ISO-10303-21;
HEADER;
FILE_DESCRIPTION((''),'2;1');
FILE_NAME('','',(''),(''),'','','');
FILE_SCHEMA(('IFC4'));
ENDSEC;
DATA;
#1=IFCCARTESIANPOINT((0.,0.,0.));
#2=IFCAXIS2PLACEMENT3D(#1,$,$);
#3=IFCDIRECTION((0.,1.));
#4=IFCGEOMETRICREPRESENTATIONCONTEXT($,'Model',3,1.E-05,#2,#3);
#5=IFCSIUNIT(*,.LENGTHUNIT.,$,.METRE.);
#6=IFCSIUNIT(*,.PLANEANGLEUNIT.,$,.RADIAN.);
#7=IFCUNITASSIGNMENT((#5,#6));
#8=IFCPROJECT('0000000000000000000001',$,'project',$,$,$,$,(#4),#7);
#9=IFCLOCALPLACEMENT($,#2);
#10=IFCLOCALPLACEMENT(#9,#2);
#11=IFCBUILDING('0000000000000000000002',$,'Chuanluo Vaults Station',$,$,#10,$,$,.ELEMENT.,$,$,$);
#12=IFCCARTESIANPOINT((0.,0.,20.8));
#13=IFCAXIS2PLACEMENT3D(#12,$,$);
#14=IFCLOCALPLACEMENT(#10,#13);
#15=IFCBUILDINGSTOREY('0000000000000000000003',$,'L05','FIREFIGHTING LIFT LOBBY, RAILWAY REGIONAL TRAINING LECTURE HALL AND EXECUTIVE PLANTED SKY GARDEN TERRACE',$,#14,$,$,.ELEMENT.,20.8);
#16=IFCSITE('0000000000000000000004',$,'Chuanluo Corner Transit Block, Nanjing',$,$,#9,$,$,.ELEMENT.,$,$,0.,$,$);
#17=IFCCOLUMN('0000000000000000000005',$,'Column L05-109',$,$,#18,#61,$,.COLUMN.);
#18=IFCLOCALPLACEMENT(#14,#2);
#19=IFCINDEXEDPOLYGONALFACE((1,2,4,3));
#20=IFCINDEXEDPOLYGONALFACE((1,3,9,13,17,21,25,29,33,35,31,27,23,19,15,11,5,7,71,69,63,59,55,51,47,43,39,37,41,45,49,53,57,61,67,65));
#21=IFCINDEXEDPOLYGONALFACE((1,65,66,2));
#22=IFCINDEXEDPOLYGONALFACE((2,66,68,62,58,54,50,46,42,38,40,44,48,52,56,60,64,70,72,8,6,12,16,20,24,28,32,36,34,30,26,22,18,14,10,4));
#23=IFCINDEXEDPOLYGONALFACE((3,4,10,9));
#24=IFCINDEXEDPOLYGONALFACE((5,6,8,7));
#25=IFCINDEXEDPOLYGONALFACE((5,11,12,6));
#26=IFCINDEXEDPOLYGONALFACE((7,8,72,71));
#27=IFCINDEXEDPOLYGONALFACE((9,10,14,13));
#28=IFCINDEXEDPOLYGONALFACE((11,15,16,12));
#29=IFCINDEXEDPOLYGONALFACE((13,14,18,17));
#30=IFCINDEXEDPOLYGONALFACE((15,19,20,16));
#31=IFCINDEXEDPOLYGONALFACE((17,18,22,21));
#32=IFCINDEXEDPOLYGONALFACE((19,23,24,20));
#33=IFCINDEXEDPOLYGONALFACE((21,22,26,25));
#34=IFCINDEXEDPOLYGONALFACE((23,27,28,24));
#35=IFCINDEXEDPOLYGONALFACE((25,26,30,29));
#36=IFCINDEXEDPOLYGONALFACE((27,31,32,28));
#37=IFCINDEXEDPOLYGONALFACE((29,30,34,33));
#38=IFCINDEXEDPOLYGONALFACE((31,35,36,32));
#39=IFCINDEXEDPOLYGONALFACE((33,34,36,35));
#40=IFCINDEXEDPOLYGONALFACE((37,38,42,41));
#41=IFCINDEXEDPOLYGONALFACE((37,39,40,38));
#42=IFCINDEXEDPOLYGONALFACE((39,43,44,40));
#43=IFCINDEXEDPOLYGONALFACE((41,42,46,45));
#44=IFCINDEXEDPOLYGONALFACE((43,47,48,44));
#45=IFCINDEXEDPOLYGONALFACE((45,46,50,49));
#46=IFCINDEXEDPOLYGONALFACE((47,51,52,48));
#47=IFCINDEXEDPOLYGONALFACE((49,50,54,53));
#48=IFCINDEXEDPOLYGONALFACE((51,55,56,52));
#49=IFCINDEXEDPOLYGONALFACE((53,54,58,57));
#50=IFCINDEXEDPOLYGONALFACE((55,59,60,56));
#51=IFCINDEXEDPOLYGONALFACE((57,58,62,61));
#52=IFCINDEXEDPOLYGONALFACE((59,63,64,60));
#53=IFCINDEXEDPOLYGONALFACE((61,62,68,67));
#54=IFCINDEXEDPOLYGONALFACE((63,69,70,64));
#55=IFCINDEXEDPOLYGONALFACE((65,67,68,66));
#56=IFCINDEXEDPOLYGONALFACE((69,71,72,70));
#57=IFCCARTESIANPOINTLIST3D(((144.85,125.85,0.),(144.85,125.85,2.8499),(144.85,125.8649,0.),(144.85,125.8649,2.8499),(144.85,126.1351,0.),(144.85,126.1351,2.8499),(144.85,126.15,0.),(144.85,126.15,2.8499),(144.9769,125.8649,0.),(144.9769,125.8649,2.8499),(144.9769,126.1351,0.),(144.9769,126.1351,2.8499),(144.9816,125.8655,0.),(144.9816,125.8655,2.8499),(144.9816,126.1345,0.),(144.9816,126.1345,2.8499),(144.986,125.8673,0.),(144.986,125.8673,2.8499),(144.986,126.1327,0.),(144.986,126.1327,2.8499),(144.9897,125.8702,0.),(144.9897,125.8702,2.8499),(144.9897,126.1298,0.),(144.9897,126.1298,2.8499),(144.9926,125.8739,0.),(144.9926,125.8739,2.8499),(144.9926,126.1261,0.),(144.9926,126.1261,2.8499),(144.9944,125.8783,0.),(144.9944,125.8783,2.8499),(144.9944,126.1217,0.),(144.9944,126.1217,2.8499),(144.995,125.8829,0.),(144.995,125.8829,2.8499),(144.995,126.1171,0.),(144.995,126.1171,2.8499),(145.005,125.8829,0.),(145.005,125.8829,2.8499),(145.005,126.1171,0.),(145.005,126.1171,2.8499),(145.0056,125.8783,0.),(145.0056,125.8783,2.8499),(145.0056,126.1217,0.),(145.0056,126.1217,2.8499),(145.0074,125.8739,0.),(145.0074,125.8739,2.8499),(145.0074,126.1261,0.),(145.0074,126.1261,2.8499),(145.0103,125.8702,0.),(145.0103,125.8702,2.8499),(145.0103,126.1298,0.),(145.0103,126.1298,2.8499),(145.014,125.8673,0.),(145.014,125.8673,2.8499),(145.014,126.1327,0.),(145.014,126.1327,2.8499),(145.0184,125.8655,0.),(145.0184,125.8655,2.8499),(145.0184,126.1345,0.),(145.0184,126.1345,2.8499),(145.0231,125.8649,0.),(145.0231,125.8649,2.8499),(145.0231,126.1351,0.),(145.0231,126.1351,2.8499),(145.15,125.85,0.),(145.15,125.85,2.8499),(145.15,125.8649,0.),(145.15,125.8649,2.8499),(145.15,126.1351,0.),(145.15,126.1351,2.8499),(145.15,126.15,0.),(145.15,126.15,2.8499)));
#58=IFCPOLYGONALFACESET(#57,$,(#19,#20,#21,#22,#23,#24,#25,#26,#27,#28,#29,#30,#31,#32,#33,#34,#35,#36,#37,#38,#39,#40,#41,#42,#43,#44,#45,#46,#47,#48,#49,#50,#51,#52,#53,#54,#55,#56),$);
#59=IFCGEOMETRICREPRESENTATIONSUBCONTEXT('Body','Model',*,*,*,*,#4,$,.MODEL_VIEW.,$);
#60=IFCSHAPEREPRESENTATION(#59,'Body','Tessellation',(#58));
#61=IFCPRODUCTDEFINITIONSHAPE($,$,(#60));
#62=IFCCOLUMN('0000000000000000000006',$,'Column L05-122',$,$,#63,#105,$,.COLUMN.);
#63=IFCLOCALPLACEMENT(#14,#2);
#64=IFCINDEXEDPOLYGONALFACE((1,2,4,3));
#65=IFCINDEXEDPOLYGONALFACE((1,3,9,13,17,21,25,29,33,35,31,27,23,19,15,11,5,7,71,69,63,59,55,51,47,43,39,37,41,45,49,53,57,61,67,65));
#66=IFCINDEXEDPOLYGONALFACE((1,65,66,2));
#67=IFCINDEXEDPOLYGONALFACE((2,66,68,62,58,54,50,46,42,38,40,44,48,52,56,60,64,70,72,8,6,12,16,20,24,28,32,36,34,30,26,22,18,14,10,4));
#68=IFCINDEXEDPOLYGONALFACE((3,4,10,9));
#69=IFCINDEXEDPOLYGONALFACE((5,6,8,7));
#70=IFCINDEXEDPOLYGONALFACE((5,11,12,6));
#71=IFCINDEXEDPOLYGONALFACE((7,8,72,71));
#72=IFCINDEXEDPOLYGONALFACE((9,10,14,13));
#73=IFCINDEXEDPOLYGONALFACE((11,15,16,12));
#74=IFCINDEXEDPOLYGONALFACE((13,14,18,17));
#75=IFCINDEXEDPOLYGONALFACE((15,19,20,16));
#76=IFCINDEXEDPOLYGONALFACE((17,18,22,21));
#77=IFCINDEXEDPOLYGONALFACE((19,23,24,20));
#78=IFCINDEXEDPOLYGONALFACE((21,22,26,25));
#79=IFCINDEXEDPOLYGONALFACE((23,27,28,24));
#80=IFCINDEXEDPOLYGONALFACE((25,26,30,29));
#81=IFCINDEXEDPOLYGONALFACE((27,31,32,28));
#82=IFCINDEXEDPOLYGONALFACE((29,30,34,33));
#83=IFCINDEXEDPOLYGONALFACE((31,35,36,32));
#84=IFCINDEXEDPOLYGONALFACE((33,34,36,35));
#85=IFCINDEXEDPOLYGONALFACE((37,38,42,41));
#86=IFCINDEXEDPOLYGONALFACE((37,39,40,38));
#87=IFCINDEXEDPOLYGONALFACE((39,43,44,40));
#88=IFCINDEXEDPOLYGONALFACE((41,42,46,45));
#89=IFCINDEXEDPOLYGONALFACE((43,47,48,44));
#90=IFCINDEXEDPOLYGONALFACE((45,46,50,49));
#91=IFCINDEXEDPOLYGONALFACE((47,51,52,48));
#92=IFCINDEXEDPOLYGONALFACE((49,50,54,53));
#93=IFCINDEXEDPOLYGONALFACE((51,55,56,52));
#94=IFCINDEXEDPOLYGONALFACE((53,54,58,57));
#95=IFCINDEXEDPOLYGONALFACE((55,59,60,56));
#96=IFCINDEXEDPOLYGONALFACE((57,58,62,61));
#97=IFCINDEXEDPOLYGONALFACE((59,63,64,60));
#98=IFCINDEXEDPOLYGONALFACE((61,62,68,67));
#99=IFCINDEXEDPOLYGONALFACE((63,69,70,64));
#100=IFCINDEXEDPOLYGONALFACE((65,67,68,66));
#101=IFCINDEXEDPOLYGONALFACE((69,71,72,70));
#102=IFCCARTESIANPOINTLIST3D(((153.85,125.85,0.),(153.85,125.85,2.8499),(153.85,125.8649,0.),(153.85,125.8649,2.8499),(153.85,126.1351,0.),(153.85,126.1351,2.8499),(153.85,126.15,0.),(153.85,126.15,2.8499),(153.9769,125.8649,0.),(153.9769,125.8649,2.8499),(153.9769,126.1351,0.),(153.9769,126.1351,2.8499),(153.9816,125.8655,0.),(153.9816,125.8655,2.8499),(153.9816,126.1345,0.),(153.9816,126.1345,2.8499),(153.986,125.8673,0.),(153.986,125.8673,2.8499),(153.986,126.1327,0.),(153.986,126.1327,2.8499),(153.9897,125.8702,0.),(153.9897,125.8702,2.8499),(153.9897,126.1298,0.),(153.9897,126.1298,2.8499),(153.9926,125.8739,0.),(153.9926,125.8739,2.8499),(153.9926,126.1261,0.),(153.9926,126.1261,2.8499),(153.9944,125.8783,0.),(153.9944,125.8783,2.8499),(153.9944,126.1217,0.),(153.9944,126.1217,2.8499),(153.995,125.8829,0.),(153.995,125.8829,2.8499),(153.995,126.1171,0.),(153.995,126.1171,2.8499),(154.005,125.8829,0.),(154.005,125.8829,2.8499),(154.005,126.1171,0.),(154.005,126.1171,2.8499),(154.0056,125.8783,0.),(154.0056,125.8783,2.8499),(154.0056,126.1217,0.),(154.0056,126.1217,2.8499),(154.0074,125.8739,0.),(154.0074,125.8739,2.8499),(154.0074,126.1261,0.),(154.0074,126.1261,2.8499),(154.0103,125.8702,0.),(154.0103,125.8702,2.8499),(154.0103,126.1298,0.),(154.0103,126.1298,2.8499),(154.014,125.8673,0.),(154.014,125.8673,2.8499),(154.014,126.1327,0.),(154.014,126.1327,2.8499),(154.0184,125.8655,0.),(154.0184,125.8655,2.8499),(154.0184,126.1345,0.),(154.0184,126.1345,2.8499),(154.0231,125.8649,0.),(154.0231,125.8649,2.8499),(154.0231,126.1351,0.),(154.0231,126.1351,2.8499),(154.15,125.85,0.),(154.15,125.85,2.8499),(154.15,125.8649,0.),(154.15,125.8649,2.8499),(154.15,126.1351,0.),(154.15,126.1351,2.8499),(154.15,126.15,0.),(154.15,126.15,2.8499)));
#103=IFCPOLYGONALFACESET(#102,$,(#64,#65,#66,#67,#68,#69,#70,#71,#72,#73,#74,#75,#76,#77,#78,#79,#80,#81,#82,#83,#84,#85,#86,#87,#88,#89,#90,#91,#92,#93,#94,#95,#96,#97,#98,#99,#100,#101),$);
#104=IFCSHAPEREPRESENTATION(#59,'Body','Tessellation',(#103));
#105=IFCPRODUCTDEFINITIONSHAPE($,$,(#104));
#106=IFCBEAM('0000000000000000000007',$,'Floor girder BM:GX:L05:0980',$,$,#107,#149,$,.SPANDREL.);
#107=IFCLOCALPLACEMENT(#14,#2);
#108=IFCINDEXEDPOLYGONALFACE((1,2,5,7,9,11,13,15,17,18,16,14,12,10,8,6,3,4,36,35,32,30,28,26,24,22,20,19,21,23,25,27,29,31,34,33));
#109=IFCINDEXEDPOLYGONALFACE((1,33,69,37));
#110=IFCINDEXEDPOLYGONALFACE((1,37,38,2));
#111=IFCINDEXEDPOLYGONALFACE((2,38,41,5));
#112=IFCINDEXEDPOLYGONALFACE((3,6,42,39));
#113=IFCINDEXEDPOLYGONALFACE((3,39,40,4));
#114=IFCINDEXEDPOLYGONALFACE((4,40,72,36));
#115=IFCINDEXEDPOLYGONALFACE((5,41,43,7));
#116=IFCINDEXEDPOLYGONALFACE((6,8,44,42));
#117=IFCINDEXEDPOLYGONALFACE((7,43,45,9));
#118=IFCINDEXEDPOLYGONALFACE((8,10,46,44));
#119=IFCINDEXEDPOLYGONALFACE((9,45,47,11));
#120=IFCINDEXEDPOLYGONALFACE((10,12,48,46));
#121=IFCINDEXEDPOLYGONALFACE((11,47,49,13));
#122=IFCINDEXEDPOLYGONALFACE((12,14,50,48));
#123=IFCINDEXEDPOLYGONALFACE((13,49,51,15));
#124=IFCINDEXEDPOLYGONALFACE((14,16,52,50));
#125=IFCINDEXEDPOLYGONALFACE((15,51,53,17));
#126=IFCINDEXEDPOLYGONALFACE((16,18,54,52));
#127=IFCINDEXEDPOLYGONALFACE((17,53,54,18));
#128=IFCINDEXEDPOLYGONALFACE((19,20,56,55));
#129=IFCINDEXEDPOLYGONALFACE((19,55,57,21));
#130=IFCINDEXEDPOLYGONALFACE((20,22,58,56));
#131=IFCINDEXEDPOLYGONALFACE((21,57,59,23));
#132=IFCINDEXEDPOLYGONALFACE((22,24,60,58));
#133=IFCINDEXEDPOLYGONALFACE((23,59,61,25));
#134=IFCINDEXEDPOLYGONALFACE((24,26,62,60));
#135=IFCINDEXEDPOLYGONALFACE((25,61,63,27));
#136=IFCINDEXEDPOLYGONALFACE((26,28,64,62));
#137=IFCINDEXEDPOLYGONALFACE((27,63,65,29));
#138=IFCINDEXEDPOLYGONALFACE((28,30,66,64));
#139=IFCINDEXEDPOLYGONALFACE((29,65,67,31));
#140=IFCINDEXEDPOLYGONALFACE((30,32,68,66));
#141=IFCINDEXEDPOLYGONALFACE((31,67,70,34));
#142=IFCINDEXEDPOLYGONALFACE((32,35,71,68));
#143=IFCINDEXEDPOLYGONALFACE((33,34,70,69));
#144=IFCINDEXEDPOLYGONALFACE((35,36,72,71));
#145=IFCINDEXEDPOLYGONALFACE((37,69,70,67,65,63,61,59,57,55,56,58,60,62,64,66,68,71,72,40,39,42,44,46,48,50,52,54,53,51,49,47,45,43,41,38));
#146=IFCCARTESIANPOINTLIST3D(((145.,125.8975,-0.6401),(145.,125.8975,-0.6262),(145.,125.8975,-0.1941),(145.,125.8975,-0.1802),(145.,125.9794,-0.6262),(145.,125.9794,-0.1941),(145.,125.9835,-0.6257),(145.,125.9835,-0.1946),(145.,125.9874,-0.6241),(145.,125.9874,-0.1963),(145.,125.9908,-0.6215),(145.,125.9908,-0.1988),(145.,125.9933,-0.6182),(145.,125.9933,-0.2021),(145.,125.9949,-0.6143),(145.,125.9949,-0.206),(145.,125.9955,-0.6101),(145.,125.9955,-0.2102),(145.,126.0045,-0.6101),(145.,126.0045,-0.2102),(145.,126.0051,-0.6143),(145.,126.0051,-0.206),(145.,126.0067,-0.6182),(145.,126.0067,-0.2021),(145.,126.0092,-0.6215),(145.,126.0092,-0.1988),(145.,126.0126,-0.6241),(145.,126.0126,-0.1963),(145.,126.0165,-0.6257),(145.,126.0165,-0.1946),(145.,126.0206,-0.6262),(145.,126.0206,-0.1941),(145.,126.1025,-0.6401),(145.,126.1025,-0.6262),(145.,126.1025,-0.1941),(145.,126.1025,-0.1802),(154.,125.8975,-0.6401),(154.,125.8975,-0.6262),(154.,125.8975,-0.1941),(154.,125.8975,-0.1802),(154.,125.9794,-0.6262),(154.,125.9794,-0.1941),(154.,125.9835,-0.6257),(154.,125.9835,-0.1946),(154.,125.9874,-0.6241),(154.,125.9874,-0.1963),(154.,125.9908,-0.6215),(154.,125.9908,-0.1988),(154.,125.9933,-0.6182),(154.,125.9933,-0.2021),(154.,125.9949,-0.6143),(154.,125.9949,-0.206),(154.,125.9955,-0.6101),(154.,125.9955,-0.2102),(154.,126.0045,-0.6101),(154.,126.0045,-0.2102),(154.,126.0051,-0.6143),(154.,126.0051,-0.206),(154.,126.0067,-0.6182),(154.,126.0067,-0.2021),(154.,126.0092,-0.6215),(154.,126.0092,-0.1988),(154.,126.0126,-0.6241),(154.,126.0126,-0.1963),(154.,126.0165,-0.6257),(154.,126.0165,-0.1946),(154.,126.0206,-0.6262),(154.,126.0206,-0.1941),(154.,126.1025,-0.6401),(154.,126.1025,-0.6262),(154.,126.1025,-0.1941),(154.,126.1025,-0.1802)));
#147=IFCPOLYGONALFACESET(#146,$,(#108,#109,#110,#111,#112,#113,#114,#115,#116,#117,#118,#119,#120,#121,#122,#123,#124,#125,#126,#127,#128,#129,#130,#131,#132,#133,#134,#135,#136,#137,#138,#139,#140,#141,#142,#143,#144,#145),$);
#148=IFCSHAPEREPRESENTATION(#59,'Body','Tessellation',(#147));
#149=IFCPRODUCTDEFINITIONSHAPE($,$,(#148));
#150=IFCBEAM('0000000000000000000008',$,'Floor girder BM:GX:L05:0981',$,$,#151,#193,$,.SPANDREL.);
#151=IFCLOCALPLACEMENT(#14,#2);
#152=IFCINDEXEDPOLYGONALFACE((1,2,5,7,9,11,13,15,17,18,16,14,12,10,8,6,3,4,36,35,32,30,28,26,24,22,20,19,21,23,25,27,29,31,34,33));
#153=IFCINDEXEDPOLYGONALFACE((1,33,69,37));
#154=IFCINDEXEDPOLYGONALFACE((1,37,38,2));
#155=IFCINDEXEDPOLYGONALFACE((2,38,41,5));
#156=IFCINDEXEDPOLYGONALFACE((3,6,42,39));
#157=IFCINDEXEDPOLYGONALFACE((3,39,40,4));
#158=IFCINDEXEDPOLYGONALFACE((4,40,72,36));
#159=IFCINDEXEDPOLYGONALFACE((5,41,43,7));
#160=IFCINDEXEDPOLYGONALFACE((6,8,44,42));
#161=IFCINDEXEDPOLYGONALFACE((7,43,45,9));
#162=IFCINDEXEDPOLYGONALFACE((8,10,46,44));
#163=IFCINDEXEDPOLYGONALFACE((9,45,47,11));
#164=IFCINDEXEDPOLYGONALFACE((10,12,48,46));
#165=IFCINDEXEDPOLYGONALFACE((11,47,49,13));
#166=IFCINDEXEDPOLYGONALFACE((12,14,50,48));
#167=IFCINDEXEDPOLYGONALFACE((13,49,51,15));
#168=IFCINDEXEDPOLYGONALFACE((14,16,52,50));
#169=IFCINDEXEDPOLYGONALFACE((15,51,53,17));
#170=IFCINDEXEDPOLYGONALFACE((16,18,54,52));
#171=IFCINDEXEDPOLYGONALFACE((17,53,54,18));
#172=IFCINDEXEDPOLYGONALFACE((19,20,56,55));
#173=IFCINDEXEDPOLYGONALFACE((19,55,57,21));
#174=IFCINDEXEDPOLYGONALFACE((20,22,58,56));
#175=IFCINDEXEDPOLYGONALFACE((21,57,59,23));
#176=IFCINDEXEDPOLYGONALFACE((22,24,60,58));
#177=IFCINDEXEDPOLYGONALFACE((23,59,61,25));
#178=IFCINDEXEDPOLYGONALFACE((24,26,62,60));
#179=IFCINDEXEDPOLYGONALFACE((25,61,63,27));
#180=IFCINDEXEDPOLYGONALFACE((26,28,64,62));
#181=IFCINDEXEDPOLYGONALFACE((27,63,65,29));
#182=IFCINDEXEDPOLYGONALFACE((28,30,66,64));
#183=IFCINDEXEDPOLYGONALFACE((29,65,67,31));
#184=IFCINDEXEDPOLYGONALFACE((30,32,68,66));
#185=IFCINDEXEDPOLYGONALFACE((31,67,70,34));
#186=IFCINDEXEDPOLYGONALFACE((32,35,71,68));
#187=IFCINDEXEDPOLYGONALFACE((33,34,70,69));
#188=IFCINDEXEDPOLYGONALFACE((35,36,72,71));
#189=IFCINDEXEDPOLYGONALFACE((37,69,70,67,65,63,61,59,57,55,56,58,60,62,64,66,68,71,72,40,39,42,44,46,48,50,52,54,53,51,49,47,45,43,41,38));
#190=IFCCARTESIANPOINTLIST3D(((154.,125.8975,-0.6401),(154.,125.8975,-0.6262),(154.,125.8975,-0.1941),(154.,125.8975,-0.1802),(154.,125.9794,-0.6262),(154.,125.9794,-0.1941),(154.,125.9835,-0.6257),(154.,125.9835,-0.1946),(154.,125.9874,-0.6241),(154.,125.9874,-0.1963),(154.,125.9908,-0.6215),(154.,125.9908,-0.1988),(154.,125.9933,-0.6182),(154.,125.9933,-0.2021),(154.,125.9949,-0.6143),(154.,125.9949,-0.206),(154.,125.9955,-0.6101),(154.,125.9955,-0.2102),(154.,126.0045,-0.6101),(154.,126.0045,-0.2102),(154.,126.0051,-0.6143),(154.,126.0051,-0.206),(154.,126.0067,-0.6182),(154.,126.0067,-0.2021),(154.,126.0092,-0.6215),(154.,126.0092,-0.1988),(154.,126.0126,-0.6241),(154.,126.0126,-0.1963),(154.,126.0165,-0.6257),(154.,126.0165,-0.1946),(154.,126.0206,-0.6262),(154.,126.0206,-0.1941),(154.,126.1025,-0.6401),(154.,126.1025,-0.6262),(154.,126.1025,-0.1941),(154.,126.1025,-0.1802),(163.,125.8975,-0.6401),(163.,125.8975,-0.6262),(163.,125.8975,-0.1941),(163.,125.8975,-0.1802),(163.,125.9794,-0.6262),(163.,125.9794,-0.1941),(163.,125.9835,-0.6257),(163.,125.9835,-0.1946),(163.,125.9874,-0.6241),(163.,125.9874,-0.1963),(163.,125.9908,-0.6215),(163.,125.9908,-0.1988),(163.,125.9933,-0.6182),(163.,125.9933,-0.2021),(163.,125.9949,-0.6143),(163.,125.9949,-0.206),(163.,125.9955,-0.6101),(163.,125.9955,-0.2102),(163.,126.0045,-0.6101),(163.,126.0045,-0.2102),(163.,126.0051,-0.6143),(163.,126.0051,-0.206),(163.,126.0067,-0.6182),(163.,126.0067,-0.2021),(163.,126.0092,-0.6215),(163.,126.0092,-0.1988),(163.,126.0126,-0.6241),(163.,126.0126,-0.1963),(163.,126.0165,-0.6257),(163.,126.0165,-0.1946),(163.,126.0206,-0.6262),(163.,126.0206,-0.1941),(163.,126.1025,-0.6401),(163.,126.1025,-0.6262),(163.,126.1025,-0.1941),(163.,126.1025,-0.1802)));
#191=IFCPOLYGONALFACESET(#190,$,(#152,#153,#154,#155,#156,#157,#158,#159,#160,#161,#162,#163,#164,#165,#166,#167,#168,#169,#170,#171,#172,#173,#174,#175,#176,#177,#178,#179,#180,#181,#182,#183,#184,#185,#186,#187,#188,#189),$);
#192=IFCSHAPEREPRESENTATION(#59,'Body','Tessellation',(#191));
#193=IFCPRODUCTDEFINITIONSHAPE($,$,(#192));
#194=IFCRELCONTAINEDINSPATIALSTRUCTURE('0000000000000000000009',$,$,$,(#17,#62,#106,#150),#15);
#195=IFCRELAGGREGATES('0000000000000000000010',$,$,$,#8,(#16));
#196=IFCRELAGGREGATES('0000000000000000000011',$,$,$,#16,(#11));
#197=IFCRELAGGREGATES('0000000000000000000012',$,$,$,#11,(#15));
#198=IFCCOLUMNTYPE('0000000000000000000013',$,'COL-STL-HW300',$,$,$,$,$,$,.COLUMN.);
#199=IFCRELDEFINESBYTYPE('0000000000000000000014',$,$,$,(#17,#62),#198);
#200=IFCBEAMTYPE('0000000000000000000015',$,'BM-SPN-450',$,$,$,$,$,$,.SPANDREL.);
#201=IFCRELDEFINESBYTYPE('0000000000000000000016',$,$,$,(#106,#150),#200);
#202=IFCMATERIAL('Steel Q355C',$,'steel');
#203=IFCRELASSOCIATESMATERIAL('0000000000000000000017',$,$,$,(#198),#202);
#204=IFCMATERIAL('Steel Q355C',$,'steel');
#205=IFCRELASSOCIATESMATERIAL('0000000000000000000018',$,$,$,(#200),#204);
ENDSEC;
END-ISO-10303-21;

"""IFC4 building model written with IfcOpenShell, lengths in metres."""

from ifc_helpers import new_model, si_unit, direction, frame, origin, origin_2d, place, context, subcontext, project, spatial, i_section, extrude, material, material_profile, profile_set, type_object, element, save


model = new_model("IFC4")

# Units and contexts
model_context = context("Model", 3, precision=1e-05, world=origin(), true_north=direction((0.0, 1.0)))
body_context = subcontext(model_context, "Body", "Model", "MODEL_VIEW")
ifc_project = project(units=[si_unit("LENGTHUNIT", "METRE"), si_unit("PLANEANGLEUNIT", "RADIAN")], contexts=[model_context])

# Site, building, storey
site_placement = place(None, origin())
site = spatial("IfcSite", under=ifc_project, at=site_placement, Name="Chuanluo Corner Transit Block, Nanjing", CompositionType="ELEMENT", RefElevation=0.0)
building_placement = place(site_placement, origin())
building = spatial("IfcBuilding", under=site, at=building_placement, Name="Chuanluo Vaults Station", CompositionType="ELEMENT")
storey_placement = place(building_placement, frame((0.0, 0.0, 20.8)))
storey = spatial("IfcBuildingStorey", under=building, at=storey_placement, Name="L05", Description="FIREFIGHTING LIFT LOBBY, RAILWAY REGIONAL TRAINING LECTURE HALL AND EXECUTIVE PLANTED SKY GARDEN TERRACE", CompositionType="ELEMENT", Elevation=20.8)

# Columns
ifc_material_1 = material(Name="Steel Q355C", Category="steel")
ifc_material_profile_1 = material_profile(ifc_material_1, i_section(OverallWidth=0.3, OverallDepth=0.3, WebThickness=0.01, FlangeThickness=0.0149, FilletRadius=0.0181, at=origin_2d()))
ifc_profile_set_1 = profile_set([ifc_material_profile_1], Name="Steel Q355C")
column_type = type_object("IfcColumnType", Name="COL-STL-HW300", PredefinedType="COLUMN", material=ifc_profile_set_1)
for number, where, z_axis, x_axis, name in (
    (1, (145.0, 126.0, 0.0), (0.0, 0.0, 1.0), (1.0, 0.0, 0.0), "Column L05-109"),
    (2, (154.0, 126.0, 0.0), (0.0, 0.0, 1.0), (1.0, 0.0, 0.0), "Column L05-122"),
):
    element("IfcColumn", number, at=place(storey_placement, frame(where, z_axis=z_axis, x_axis=x_axis)), inside=storey, type_object=column_type, Name=name, PredefinedType="COLUMN", context=body_context, shape_type="SweptSolid", body=[
        extrude(i_section(OverallWidth=0.3, OverallDepth=0.3, WebThickness=0.01, FlangeThickness=0.0149, FilletRadius=0.0181, at=origin_2d()), origin(), (0.0, 0.0, 1.0), 2.8499),
    ])

# Beams
ifc_material_2 = material(Name="Steel Q355C", Category="steel")
ifc_material_profile_2 = material_profile(ifc_material_2, i_section(OverallWidth=0.2051, OverallDepth=0.46, WebThickness=0.009, FlangeThickness=0.0139, FilletRadius=0.0161, at=origin_2d()))
ifc_profile_set_2 = profile_set([ifc_material_profile_2], Name="Steel Q355C")
beam_type = type_object("IfcBeamType", Name="BM-SPN-450", PredefinedType="SPANDREL", material=ifc_profile_set_2)
for number, where, z_axis, x_axis, name in (
    (3, (145.0, 126.0, -0.4102), (1.0, 0.0, 0.0), (0.0, 1.0, 0.0), "Floor girder BM:GX:L05:0980"),
    (4, (154.0, 126.0, -0.4102), (1.0, 0.0, 0.0), (0.0, 1.0, 0.0), "Floor girder BM:GX:L05:0981"),
):
    element("IfcBeam", number, at=place(storey_placement, frame(where, z_axis=z_axis, x_axis=x_axis)), inside=storey, type_object=beam_type, Name=name, PredefinedType="SPANDREL", context=body_context, shape_type="SweptSolid", body=[
        extrude(i_section(OverallWidth=0.2051, OverallDepth=0.46, WebThickness=0.009, FlangeThickness=0.0139, FilletRadius=0.0161, at=origin_2d()), origin(), (0.0, 0.0, 1.0), 9.0),
    ])

save(model, "model.ifc")
